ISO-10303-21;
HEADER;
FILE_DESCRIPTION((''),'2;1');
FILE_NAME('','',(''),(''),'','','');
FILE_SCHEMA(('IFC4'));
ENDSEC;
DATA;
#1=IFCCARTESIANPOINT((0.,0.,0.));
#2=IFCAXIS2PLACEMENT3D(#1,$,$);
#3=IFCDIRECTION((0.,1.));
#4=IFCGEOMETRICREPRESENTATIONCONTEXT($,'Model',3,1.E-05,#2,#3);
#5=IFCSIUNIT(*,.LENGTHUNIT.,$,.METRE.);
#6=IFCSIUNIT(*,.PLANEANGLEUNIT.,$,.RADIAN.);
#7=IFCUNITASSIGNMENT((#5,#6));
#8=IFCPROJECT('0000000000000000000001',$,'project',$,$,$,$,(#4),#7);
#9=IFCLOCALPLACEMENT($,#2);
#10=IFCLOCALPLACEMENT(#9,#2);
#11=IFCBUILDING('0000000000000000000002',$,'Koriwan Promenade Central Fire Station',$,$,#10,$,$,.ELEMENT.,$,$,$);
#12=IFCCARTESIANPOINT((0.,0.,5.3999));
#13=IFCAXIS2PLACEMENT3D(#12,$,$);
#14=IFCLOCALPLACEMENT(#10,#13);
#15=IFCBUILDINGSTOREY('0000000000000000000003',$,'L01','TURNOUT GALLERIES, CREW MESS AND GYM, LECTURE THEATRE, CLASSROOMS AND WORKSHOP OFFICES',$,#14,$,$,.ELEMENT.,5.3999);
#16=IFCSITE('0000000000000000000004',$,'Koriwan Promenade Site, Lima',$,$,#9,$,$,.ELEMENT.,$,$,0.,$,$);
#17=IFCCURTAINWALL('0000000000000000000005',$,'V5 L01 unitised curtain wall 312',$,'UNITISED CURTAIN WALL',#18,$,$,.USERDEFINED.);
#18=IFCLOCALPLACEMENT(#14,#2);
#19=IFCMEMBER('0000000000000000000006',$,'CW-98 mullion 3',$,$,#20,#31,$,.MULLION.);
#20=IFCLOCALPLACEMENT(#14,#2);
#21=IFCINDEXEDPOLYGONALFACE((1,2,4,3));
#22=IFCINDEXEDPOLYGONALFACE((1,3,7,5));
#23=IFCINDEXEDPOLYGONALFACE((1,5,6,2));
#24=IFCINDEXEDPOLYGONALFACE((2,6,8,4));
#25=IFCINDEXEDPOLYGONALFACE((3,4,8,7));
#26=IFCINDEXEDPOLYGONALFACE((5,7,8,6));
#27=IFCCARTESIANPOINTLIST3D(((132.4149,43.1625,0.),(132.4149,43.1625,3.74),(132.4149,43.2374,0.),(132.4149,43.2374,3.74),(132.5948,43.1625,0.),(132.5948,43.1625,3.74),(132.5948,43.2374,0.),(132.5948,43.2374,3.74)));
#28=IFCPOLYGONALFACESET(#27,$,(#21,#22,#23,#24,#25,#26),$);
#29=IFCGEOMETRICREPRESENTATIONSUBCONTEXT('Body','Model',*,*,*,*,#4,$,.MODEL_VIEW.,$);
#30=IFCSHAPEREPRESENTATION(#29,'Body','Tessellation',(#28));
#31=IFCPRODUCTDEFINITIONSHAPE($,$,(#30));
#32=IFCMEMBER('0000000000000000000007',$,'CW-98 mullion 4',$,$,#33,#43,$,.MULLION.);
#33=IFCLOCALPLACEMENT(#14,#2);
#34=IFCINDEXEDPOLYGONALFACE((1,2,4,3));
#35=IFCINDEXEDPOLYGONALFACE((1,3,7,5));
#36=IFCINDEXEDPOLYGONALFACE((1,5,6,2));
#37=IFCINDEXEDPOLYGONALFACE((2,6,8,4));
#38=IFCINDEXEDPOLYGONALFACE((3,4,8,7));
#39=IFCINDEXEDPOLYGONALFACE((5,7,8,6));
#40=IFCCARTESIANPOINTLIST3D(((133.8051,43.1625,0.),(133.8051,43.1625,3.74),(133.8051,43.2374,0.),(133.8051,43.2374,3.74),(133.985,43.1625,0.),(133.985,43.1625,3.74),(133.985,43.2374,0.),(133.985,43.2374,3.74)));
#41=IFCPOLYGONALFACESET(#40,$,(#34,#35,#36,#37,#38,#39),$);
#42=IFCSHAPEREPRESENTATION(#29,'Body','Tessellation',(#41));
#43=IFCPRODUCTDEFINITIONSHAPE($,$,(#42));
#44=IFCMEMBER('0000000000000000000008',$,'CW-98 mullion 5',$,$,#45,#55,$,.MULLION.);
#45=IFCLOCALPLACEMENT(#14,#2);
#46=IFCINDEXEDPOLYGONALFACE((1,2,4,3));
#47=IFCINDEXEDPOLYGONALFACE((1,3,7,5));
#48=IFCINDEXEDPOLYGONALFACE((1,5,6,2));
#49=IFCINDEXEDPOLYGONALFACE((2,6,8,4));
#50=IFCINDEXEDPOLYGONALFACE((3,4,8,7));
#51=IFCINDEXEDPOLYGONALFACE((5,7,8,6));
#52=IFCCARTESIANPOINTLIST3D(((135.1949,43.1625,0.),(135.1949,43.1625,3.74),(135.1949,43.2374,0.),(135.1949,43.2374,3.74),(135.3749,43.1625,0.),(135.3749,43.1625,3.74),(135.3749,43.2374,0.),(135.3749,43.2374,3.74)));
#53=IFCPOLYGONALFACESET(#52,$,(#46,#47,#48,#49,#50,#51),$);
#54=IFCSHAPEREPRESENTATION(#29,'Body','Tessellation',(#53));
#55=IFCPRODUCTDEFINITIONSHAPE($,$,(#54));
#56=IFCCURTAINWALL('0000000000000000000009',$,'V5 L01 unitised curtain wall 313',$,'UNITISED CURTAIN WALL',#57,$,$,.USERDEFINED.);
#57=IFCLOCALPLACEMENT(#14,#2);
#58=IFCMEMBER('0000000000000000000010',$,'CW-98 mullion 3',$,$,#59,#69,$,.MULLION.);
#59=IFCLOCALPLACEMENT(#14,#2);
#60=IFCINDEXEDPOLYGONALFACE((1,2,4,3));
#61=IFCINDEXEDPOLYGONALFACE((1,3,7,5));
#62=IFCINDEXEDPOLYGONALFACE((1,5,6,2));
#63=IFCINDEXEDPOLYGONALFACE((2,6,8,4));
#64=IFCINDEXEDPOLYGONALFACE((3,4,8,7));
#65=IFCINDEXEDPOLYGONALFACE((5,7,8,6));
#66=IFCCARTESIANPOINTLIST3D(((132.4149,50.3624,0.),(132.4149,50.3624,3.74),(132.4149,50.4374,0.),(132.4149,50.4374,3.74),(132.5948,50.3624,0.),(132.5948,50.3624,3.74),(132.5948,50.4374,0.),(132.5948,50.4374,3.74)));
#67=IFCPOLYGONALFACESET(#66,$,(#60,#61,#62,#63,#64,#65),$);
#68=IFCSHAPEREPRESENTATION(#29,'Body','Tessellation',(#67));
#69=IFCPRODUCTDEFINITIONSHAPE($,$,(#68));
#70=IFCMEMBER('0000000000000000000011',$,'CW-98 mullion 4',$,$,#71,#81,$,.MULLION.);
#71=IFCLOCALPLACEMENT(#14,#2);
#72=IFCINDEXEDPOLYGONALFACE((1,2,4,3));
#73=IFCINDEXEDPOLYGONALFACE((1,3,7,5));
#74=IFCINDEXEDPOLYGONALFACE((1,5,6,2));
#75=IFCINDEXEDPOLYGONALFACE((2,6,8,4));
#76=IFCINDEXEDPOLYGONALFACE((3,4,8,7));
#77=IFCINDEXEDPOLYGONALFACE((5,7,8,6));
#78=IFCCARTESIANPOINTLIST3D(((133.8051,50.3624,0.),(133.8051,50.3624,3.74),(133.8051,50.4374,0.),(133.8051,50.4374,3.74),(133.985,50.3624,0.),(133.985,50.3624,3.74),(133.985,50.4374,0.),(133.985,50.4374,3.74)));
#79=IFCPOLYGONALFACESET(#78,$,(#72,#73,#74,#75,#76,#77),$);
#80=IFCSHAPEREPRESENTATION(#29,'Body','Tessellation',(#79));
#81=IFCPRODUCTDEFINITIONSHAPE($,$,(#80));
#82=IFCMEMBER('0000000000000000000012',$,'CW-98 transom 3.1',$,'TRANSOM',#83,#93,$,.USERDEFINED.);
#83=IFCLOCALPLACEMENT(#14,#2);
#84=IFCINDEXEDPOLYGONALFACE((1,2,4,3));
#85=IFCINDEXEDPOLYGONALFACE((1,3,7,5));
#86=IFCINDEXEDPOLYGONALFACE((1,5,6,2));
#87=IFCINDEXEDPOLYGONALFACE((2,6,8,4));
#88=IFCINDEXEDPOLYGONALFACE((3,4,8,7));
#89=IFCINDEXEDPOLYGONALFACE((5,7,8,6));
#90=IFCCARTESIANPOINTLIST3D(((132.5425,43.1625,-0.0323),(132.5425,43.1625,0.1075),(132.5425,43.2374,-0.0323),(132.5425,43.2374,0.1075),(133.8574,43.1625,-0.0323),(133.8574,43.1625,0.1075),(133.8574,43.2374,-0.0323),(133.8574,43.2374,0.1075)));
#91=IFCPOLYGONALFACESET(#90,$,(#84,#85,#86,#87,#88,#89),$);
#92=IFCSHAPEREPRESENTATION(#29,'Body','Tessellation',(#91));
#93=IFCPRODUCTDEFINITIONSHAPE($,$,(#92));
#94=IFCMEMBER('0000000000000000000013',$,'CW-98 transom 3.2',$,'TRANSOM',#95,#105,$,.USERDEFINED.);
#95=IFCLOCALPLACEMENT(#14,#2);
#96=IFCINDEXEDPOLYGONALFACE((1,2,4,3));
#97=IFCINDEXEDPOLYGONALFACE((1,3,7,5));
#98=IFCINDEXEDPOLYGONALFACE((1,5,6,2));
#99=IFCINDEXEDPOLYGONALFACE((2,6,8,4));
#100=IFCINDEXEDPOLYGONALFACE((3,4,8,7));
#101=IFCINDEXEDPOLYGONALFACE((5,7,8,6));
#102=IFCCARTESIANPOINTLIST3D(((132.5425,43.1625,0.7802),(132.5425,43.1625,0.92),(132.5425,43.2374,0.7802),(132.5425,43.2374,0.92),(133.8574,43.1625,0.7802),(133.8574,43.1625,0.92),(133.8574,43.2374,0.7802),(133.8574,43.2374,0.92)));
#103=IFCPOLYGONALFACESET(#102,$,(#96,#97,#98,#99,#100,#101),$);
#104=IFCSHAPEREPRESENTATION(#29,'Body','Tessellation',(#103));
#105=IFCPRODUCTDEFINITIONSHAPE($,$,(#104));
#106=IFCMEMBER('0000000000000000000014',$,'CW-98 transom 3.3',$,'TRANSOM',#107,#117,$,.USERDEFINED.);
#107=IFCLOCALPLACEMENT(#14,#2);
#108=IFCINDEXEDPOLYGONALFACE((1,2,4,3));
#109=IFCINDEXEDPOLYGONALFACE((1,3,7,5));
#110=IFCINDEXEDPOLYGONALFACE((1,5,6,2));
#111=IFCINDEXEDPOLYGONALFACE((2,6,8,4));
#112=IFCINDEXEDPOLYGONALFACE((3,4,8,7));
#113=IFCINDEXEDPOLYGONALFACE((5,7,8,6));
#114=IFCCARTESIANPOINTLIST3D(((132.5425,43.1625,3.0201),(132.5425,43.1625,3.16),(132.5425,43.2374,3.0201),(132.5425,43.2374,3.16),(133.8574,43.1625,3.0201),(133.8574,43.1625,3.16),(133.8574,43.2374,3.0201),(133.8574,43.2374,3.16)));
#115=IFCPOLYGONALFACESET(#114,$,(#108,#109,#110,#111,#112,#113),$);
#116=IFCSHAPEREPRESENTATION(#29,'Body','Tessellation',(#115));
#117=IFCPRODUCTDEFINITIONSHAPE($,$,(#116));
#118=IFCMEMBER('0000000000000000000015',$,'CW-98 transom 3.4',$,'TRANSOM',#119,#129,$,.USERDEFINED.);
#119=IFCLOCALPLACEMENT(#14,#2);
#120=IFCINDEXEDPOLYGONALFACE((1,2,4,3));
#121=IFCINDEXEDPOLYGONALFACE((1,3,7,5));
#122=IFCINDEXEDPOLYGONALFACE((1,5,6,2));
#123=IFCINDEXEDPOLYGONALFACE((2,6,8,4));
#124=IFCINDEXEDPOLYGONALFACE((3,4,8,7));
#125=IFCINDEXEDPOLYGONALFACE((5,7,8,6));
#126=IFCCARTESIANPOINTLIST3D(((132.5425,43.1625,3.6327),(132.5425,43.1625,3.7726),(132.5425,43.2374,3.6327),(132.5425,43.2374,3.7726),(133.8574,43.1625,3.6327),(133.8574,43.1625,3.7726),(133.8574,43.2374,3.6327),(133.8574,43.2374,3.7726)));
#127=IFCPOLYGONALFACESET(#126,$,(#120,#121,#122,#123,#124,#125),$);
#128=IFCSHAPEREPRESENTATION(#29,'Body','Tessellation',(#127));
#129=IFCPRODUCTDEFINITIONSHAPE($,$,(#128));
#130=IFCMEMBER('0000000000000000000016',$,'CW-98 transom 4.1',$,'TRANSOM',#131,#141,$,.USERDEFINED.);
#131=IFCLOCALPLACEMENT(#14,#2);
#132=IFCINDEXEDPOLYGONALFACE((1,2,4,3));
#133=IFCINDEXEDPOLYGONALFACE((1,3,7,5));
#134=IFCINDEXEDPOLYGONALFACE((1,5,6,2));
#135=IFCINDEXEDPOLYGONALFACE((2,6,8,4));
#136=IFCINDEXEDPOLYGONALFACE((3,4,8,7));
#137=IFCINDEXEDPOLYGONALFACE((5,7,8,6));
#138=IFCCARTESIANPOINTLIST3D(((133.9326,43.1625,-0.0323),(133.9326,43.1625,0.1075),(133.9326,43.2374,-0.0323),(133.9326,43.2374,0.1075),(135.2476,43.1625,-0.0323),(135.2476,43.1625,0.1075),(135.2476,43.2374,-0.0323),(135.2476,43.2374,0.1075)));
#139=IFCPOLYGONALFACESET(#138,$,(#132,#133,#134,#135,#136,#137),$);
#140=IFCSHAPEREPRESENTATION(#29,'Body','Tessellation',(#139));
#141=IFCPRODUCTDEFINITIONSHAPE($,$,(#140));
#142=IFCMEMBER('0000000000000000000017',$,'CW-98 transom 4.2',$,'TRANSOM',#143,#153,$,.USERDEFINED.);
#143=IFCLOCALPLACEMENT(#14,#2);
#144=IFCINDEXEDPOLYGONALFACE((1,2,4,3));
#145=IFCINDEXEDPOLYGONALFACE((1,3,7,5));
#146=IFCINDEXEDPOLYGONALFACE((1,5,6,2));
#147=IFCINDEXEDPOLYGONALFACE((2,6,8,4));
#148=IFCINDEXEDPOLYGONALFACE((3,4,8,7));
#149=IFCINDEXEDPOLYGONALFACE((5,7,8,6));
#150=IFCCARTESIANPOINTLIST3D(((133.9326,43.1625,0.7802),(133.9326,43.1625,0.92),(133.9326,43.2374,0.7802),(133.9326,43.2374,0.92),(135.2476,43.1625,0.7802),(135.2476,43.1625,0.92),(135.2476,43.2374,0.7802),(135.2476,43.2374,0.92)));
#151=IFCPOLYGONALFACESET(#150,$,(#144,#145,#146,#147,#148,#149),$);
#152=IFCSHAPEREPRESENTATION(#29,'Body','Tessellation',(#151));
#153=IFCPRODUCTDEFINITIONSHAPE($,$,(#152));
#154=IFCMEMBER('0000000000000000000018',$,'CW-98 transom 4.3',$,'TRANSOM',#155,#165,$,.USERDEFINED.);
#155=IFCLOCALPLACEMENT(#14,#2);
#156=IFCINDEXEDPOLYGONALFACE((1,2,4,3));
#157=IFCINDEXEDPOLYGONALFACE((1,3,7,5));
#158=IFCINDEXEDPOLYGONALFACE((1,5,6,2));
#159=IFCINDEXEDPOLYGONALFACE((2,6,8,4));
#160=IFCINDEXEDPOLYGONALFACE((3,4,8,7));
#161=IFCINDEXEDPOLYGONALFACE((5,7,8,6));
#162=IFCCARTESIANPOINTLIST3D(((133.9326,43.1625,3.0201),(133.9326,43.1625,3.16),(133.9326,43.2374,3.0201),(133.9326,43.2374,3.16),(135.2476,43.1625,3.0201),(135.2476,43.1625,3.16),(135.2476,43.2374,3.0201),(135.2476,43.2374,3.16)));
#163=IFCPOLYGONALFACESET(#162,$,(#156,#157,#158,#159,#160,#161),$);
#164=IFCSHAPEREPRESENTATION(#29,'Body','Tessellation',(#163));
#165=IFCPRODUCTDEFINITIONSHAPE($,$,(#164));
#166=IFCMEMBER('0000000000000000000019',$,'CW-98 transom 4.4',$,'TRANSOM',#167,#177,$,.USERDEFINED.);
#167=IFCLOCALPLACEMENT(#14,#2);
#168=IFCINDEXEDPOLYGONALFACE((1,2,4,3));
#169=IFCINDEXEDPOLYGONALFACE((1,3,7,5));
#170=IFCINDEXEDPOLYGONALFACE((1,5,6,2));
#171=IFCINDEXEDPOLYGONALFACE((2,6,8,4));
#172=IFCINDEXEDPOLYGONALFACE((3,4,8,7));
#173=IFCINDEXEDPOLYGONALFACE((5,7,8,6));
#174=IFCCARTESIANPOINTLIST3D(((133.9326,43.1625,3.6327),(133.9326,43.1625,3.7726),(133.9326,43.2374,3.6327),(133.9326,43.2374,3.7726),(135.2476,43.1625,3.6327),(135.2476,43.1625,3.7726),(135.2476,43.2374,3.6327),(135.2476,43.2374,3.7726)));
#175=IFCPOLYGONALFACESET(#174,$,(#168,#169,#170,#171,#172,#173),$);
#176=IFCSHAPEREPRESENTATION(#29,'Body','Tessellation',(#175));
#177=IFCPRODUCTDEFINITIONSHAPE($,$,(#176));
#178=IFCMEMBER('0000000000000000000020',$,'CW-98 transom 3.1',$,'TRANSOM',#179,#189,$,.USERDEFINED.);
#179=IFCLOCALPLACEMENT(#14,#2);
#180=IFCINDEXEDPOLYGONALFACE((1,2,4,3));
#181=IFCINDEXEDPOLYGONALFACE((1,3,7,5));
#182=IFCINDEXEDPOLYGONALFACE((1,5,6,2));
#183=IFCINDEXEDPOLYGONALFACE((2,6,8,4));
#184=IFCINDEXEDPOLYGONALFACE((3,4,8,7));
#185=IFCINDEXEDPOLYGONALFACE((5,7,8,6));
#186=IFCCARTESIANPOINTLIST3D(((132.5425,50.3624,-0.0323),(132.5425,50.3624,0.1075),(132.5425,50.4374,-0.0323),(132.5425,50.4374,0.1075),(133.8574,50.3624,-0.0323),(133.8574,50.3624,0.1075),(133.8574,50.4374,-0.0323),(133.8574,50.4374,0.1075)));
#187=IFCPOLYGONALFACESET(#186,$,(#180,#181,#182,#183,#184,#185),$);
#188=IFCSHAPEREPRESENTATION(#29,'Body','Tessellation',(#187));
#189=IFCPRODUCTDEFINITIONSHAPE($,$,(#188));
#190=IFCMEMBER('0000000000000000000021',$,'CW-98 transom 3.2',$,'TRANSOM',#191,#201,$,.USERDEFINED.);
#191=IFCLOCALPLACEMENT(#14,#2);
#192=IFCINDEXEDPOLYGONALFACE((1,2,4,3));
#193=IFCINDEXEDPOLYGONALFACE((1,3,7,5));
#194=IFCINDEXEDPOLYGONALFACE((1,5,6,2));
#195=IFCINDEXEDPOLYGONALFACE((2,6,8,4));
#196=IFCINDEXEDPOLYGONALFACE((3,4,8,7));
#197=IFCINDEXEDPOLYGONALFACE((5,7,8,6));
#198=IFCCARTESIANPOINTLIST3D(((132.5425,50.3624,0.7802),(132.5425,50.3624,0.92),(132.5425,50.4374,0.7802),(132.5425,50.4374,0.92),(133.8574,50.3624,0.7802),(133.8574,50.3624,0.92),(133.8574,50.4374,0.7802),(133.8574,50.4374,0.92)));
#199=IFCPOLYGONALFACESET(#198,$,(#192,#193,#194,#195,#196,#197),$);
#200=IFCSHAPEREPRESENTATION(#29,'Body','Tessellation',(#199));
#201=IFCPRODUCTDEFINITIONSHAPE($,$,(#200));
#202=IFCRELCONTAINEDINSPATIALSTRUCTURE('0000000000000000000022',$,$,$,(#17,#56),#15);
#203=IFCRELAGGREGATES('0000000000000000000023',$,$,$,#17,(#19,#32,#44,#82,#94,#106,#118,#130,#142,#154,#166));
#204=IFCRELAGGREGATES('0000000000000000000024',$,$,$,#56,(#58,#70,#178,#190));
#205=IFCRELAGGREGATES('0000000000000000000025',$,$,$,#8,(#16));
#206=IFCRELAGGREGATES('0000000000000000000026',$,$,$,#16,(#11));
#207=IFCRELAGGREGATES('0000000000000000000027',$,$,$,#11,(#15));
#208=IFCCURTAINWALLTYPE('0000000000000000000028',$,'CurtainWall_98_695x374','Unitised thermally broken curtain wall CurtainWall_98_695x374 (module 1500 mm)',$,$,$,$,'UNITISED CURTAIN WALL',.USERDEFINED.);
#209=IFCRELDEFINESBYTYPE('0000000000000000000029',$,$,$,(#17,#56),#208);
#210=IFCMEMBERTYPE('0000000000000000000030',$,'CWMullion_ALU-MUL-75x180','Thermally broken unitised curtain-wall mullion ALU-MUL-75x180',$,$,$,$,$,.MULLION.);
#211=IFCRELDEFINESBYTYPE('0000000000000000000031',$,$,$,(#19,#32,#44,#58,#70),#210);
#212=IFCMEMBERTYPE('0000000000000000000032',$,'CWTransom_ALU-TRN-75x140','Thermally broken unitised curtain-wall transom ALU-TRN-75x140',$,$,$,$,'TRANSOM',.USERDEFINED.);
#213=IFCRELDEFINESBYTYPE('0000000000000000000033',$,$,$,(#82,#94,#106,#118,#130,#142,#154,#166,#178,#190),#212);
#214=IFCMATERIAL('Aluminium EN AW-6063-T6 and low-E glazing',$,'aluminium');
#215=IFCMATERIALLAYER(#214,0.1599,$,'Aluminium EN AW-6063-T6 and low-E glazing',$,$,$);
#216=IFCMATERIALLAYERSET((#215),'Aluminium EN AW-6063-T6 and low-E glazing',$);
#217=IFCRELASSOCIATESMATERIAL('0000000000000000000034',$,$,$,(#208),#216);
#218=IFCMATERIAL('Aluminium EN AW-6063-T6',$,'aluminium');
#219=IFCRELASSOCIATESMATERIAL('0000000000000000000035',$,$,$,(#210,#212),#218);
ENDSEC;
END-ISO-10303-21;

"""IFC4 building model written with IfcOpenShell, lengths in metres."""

from ifc_helpers import new_model, si_unit, direction, frame, origin, origin_2d, place, context, subcontext, project, spatial, rectangle, extrude, material, layer, layer_set, material_profile, profile_set, type_object, element, aggregate, save


model = new_model("IFC4")

# Units and contexts
model_context = context("Model", 3, precision=1e-05, world=origin(), true_north=direction((0.0, 1.0)))
body_context = subcontext(model_context, "Body", "Model", "MODEL_VIEW")
ifc_project = project(units=[si_unit("LENGTHUNIT", "METRE"), si_unit("PLANEANGLEUNIT", "RADIAN")], contexts=[model_context])

# Site, building, storey
site_placement = place(None, origin())
site = spatial("IfcSite", under=ifc_project, at=site_placement, Name="Koriwan Promenade Site, Lima", CompositionType="ELEMENT", RefElevation=0.0)
building_placement = place(site_placement, origin())
building = spatial("IfcBuilding", under=site, at=building_placement, Name="Koriwan Promenade Central Fire Station", CompositionType="ELEMENT")
storey_placement = place(building_placement, frame((0.0, 0.0, 5.3999)))
storey = spatial("IfcBuildingStorey", under=building, at=storey_placement, Name="L01", Description="TURNOUT GALLERIES, CREW MESS AND GYM, LECTURE THEATRE, CLASSROOMS AND WORKSHOP OFFICES", CompositionType="ELEMENT", Elevation=5.3999)

# Curtain walls, members
ifc_material_1 = material(Name="Aluminium EN AW-6063-T6 and low-E glazing", Category="aluminium")
ifc_layer_1 = layer(ifc_material_1, 0.1599, Name="Aluminium EN AW-6063-T6 and low-E glazing")
ifc_layer_set_1 = layer_set([ifc_layer_1], Name="Aluminium EN AW-6063-T6 and low-E glazing")
curtain_wall_type = type_object("IfcCurtainWallType", Name="CurtainWall_98_695x374", Description="Unitised thermally broken curtain wall CurtainWall_98_695x374 (module 1500 mm)", ElementType="UNITISED CURTAIN WALL", PredefinedType="USERDEFINED", material=ifc_layer_set_1)
curtain_wall_1_placement = place(storey_placement, origin())
curtain_wall_1 = element("IfcCurtainWall", 1, at=curtain_wall_1_placement, inside=storey, type_object=curtain_wall_type, Name="V5 L01 unitised curtain wall 312", ObjectType="UNITISED CURTAIN WALL", PredefinedType="USERDEFINED")
ifc_material_2 = material(Name="Aluminium EN AW-6063-T6", Category="aluminium")
ifc_material_profile_1 = material_profile(ifc_material_2, rectangle(XDim=0.075, YDim=0.1799, at=origin_2d()), Name="ALU-MUL-75x180")
ifc_profile_set_1 = profile_set([ifc_material_profile_1], Name="Aluminium EN AW-6063-T6")
member_type_1 = type_object("IfcMemberType", Name="CWMullion_ALU-MUL-75x180", Description="Thermally broken unitised curtain-wall mullion ALU-MUL-75x180", PredefinedType="MULLION", material=ifc_profile_set_1)
member_1_placement = place(storey_placement, frame((132.5049, 43.2, 0.0), z_axis=(0.0, 0.0, 1.0), x_axis=(0.0, 1.0, 0.0)))
member_1 = element("IfcMember", 2, at=member_1_placement, type_object=member_type_1, Name="CW-98 mullion 3", PredefinedType="MULLION", context=body_context, shape_type="SweptSolid", body=[
    extrude(rectangle(XDim=0.075, YDim=0.1799, at=origin_2d()), origin(), (0.0, 0.0, 1.0), 3.74),
])
member_2_placement = place(storey_placement, frame((133.895, 43.2, 0.0), z_axis=(0.0, 0.0, 1.0), x_axis=(0.0, 1.0, 0.0)))
member_2 = element("IfcMember", 3, at=member_2_placement, type_object=member_type_1, Name="CW-98 mullion 4", PredefinedType="MULLION", context=body_context, shape_type="SweptSolid", body=[
    extrude(rectangle(XDim=0.075, YDim=0.1799, at=origin_2d()), origin(), (0.0, 0.0, 1.0), 3.74),
])
member_3_placement = place(storey_placement, frame((135.2849, 43.2, 0.0), z_axis=(0.0, 0.0, 1.0), x_axis=(0.0, 1.0, 0.0)))
member_3 = element("IfcMember", 4, at=member_3_placement, type_object=member_type_1, Name="CW-98 mullion 5", PredefinedType="MULLION", context=body_context, shape_type="SweptSolid", body=[
    extrude(rectangle(XDim=0.075, YDim=0.1799, at=origin_2d()), origin(), (0.0, 0.0, 1.0), 3.74),
])
curtain_wall_2_placement = place(storey_placement, origin())
curtain_wall_2 = element("IfcCurtainWall", 5, at=curtain_wall_2_placement, inside=storey, type_object=curtain_wall_type, Name="V5 L01 unitised curtain wall 313", ObjectType="UNITISED CURTAIN WALL", PredefinedType="USERDEFINED")
member_4_placement = place(storey_placement, frame((132.5049, 50.3999, 0.0), z_axis=(0.0, 0.0, 1.0), x_axis=(0.0, 1.0, 0.0)))
member_4 = element("IfcMember", 6, at=member_4_placement, type_object=member_type_1, Name="CW-98 mullion 3", PredefinedType="MULLION", context=body_context, shape_type="SweptSolid", body=[
    extrude(rectangle(XDim=0.075, YDim=0.1799, at=origin_2d()), origin(), (0.0, 0.0, 1.0), 3.74),
])
member_5_placement = place(storey_placement, frame((133.895, 50.3999, 0.0), z_axis=(0.0, 0.0, 1.0), x_axis=(0.0, 1.0, 0.0)))
member_5 = element("IfcMember", 7, at=member_5_placement, type_object=member_type_1, Name="CW-98 mullion 4", PredefinedType="MULLION", context=body_context, shape_type="SweptSolid", body=[
    extrude(rectangle(XDim=0.075, YDim=0.1799, at=origin_2d()), origin(), (0.0, 0.0, 1.0), 3.74),
])

# Members
ifc_material_profile_2 = material_profile(ifc_material_2, rectangle(XDim=0.075, YDim=0.1399, at=origin_2d()), Name="ALU-TRN-75x140")
ifc_profile_set_2 = profile_set([ifc_material_profile_2], Name="Aluminium EN AW-6063-T6")
member_type_2 = type_object("IfcMemberType", Name="CWTransom_ALU-TRN-75x140", Description="Thermally broken unitised curtain-wall transom ALU-TRN-75x140", ElementType="TRANSOM", PredefinedType="USERDEFINED", material=ifc_profile_set_2)
member_6_placement = place(storey_placement, frame((132.5425, 43.2, 0.0376), z_axis=(1.0, 0.0, 0.0), x_axis=(0.0, 1.0, 0.0)))
member_6 = element("IfcMember", 8, at=member_6_placement, type_object=member_type_2, Name="CW-98 transom 3.1", ObjectType="TRANSOM", PredefinedType="USERDEFINED", context=body_context, shape_type="SweptSolid", body=[
    extrude(rectangle(XDim=0.075, YDim=0.1399, at=origin_2d()), origin(), (0.0, 0.0, 1.0), 1.3149),
])
member_7_placement = place(storey_placement, frame((132.5425, 43.2, 0.8501), z_axis=(1.0, 0.0, 0.0), x_axis=(0.0, 1.0, 0.0)))
member_7 = element("IfcMember", 9, at=member_7_placement, type_object=member_type_2, Name="CW-98 transom 3.2", ObjectType="TRANSOM", PredefinedType="USERDEFINED", context=body_context, shape_type="SweptSolid", body=[
    extrude(rectangle(XDim=0.075, YDim=0.1399, at=origin_2d()), origin(), (0.0, 0.0, 1.0), 1.3149),
])
member_8_placement = place(storey_placement, frame((132.5425, 43.2, 3.0901), z_axis=(1.0, 0.0, 0.0), x_axis=(0.0, 1.0, 0.0)))
member_8 = element("IfcMember", 10, at=member_8_placement, type_object=member_type_2, Name="CW-98 transom 3.3", ObjectType="TRANSOM", PredefinedType="USERDEFINED", context=body_context, shape_type="SweptSolid", body=[
    extrude(rectangle(XDim=0.075, YDim=0.1399, at=origin_2d()), origin(), (0.0, 0.0, 1.0), 1.3149),
])
member_9_placement = place(storey_placement, frame((132.5425, 43.2, 3.7026), z_axis=(1.0, 0.0, 0.0), x_axis=(0.0, 1.0, 0.0)))
member_9 = element("IfcMember", 11, at=member_9_placement, type_object=member_type_2, Name="CW-98 transom 3.4", ObjectType="TRANSOM", PredefinedType="USERDEFINED", context=body_context, shape_type="SweptSolid", body=[
    extrude(rectangle(XDim=0.075, YDim=0.1399, at=origin_2d()), origin(), (0.0, 0.0, 1.0), 1.3149),
])
member_10_placement = place(storey_placement, frame((133.9326, 43.2, 0.0376), z_axis=(1.0, 0.0, 0.0), x_axis=(0.0, 1.0, 0.0)))
member_10 = element("IfcMember", 12, at=member_10_placement, type_object=member_type_2, Name="CW-98 transom 4.1", ObjectType="TRANSOM", PredefinedType="USERDEFINED", context=body_context, shape_type="SweptSolid", body=[
    extrude(rectangle(XDim=0.075, YDim=0.1399, at=origin_2d()), origin(), (0.0, 0.0, 1.0), 1.3149),
])
member_11_placement = place(storey_placement, frame((133.9326, 43.2, 0.8501), z_axis=(1.0, 0.0, 0.0), x_axis=(0.0, 1.0, 0.0)))
member_11 = element("IfcMember", 13, at=member_11_placement, type_object=member_type_2, Name="CW-98 transom 4.2", ObjectType="TRANSOM", PredefinedType="USERDEFINED", context=body_context, shape_type="SweptSolid", body=[
    extrude(rectangle(XDim=0.075, YDim=0.1399, at=origin_2d()), origin(), (0.0, 0.0, 1.0), 1.3149),
])
member_12_placement = place(storey_placement, frame((133.9326, 43.2, 3.0901), z_axis=(1.0, 0.0, 0.0), x_axis=(0.0, 1.0, 0.0)))
member_12 = element("IfcMember", 14, at=member_12_placement, type_object=member_type_2, Name="CW-98 transom 4.3", ObjectType="TRANSOM", PredefinedType="USERDEFINED", context=body_context, shape_type="SweptSolid", body=[
    extrude(rectangle(XDim=0.075, YDim=0.1399, at=origin_2d()), origin(), (0.0, 0.0, 1.0), 1.3149),
])
member_13_placement = place(storey_placement, frame((133.9326, 43.2, 3.7026), z_axis=(1.0, 0.0, 0.0), x_axis=(0.0, 1.0, 0.0)))
member_13 = element("IfcMember", 15, at=member_13_placement, type_object=member_type_2, Name="CW-98 transom 4.4", ObjectType="TRANSOM", PredefinedType="USERDEFINED", context=body_context, shape_type="SweptSolid", body=[
    extrude(rectangle(XDim=0.075, YDim=0.1399, at=origin_2d()), origin(), (0.0, 0.0, 1.0), 1.3149),
])
member_14_placement = place(storey_placement, frame((132.5425, 50.3999, 0.0376), z_axis=(1.0, 0.0, 0.0), x_axis=(0.0, 1.0, 0.0)))
member_14 = element("IfcMember", 16, at=member_14_placement, type_object=member_type_2, Name="CW-98 transom 3.1", ObjectType="TRANSOM", PredefinedType="USERDEFINED", context=body_context, shape_type="SweptSolid", body=[
    extrude(rectangle(XDim=0.075, YDim=0.1399, at=origin_2d()), origin(), (0.0, 0.0, 1.0), 1.3149),
])
member_15_placement = place(storey_placement, frame((132.5425, 50.3999, 0.8501), z_axis=(1.0, 0.0, 0.0), x_axis=(0.0, 1.0, 0.0)))
member_15 = element("IfcMember", 17, at=member_15_placement, type_object=member_type_2, Name="CW-98 transom 3.2", ObjectType="TRANSOM", PredefinedType="USERDEFINED", context=body_context, shape_type="SweptSolid", body=[
    extrude(rectangle(XDim=0.075, YDim=0.1399, at=origin_2d()), origin(), (0.0, 0.0, 1.0), 1.3149),
])

aggregate(curtain_wall_1, [member_1, member_2, member_3, member_6, member_7, member_8, member_9, member_10, member_11, member_12, member_13])
aggregate(curtain_wall_2, [member_4, member_5, member_14, member_15])

save(model, "model.ifc")
